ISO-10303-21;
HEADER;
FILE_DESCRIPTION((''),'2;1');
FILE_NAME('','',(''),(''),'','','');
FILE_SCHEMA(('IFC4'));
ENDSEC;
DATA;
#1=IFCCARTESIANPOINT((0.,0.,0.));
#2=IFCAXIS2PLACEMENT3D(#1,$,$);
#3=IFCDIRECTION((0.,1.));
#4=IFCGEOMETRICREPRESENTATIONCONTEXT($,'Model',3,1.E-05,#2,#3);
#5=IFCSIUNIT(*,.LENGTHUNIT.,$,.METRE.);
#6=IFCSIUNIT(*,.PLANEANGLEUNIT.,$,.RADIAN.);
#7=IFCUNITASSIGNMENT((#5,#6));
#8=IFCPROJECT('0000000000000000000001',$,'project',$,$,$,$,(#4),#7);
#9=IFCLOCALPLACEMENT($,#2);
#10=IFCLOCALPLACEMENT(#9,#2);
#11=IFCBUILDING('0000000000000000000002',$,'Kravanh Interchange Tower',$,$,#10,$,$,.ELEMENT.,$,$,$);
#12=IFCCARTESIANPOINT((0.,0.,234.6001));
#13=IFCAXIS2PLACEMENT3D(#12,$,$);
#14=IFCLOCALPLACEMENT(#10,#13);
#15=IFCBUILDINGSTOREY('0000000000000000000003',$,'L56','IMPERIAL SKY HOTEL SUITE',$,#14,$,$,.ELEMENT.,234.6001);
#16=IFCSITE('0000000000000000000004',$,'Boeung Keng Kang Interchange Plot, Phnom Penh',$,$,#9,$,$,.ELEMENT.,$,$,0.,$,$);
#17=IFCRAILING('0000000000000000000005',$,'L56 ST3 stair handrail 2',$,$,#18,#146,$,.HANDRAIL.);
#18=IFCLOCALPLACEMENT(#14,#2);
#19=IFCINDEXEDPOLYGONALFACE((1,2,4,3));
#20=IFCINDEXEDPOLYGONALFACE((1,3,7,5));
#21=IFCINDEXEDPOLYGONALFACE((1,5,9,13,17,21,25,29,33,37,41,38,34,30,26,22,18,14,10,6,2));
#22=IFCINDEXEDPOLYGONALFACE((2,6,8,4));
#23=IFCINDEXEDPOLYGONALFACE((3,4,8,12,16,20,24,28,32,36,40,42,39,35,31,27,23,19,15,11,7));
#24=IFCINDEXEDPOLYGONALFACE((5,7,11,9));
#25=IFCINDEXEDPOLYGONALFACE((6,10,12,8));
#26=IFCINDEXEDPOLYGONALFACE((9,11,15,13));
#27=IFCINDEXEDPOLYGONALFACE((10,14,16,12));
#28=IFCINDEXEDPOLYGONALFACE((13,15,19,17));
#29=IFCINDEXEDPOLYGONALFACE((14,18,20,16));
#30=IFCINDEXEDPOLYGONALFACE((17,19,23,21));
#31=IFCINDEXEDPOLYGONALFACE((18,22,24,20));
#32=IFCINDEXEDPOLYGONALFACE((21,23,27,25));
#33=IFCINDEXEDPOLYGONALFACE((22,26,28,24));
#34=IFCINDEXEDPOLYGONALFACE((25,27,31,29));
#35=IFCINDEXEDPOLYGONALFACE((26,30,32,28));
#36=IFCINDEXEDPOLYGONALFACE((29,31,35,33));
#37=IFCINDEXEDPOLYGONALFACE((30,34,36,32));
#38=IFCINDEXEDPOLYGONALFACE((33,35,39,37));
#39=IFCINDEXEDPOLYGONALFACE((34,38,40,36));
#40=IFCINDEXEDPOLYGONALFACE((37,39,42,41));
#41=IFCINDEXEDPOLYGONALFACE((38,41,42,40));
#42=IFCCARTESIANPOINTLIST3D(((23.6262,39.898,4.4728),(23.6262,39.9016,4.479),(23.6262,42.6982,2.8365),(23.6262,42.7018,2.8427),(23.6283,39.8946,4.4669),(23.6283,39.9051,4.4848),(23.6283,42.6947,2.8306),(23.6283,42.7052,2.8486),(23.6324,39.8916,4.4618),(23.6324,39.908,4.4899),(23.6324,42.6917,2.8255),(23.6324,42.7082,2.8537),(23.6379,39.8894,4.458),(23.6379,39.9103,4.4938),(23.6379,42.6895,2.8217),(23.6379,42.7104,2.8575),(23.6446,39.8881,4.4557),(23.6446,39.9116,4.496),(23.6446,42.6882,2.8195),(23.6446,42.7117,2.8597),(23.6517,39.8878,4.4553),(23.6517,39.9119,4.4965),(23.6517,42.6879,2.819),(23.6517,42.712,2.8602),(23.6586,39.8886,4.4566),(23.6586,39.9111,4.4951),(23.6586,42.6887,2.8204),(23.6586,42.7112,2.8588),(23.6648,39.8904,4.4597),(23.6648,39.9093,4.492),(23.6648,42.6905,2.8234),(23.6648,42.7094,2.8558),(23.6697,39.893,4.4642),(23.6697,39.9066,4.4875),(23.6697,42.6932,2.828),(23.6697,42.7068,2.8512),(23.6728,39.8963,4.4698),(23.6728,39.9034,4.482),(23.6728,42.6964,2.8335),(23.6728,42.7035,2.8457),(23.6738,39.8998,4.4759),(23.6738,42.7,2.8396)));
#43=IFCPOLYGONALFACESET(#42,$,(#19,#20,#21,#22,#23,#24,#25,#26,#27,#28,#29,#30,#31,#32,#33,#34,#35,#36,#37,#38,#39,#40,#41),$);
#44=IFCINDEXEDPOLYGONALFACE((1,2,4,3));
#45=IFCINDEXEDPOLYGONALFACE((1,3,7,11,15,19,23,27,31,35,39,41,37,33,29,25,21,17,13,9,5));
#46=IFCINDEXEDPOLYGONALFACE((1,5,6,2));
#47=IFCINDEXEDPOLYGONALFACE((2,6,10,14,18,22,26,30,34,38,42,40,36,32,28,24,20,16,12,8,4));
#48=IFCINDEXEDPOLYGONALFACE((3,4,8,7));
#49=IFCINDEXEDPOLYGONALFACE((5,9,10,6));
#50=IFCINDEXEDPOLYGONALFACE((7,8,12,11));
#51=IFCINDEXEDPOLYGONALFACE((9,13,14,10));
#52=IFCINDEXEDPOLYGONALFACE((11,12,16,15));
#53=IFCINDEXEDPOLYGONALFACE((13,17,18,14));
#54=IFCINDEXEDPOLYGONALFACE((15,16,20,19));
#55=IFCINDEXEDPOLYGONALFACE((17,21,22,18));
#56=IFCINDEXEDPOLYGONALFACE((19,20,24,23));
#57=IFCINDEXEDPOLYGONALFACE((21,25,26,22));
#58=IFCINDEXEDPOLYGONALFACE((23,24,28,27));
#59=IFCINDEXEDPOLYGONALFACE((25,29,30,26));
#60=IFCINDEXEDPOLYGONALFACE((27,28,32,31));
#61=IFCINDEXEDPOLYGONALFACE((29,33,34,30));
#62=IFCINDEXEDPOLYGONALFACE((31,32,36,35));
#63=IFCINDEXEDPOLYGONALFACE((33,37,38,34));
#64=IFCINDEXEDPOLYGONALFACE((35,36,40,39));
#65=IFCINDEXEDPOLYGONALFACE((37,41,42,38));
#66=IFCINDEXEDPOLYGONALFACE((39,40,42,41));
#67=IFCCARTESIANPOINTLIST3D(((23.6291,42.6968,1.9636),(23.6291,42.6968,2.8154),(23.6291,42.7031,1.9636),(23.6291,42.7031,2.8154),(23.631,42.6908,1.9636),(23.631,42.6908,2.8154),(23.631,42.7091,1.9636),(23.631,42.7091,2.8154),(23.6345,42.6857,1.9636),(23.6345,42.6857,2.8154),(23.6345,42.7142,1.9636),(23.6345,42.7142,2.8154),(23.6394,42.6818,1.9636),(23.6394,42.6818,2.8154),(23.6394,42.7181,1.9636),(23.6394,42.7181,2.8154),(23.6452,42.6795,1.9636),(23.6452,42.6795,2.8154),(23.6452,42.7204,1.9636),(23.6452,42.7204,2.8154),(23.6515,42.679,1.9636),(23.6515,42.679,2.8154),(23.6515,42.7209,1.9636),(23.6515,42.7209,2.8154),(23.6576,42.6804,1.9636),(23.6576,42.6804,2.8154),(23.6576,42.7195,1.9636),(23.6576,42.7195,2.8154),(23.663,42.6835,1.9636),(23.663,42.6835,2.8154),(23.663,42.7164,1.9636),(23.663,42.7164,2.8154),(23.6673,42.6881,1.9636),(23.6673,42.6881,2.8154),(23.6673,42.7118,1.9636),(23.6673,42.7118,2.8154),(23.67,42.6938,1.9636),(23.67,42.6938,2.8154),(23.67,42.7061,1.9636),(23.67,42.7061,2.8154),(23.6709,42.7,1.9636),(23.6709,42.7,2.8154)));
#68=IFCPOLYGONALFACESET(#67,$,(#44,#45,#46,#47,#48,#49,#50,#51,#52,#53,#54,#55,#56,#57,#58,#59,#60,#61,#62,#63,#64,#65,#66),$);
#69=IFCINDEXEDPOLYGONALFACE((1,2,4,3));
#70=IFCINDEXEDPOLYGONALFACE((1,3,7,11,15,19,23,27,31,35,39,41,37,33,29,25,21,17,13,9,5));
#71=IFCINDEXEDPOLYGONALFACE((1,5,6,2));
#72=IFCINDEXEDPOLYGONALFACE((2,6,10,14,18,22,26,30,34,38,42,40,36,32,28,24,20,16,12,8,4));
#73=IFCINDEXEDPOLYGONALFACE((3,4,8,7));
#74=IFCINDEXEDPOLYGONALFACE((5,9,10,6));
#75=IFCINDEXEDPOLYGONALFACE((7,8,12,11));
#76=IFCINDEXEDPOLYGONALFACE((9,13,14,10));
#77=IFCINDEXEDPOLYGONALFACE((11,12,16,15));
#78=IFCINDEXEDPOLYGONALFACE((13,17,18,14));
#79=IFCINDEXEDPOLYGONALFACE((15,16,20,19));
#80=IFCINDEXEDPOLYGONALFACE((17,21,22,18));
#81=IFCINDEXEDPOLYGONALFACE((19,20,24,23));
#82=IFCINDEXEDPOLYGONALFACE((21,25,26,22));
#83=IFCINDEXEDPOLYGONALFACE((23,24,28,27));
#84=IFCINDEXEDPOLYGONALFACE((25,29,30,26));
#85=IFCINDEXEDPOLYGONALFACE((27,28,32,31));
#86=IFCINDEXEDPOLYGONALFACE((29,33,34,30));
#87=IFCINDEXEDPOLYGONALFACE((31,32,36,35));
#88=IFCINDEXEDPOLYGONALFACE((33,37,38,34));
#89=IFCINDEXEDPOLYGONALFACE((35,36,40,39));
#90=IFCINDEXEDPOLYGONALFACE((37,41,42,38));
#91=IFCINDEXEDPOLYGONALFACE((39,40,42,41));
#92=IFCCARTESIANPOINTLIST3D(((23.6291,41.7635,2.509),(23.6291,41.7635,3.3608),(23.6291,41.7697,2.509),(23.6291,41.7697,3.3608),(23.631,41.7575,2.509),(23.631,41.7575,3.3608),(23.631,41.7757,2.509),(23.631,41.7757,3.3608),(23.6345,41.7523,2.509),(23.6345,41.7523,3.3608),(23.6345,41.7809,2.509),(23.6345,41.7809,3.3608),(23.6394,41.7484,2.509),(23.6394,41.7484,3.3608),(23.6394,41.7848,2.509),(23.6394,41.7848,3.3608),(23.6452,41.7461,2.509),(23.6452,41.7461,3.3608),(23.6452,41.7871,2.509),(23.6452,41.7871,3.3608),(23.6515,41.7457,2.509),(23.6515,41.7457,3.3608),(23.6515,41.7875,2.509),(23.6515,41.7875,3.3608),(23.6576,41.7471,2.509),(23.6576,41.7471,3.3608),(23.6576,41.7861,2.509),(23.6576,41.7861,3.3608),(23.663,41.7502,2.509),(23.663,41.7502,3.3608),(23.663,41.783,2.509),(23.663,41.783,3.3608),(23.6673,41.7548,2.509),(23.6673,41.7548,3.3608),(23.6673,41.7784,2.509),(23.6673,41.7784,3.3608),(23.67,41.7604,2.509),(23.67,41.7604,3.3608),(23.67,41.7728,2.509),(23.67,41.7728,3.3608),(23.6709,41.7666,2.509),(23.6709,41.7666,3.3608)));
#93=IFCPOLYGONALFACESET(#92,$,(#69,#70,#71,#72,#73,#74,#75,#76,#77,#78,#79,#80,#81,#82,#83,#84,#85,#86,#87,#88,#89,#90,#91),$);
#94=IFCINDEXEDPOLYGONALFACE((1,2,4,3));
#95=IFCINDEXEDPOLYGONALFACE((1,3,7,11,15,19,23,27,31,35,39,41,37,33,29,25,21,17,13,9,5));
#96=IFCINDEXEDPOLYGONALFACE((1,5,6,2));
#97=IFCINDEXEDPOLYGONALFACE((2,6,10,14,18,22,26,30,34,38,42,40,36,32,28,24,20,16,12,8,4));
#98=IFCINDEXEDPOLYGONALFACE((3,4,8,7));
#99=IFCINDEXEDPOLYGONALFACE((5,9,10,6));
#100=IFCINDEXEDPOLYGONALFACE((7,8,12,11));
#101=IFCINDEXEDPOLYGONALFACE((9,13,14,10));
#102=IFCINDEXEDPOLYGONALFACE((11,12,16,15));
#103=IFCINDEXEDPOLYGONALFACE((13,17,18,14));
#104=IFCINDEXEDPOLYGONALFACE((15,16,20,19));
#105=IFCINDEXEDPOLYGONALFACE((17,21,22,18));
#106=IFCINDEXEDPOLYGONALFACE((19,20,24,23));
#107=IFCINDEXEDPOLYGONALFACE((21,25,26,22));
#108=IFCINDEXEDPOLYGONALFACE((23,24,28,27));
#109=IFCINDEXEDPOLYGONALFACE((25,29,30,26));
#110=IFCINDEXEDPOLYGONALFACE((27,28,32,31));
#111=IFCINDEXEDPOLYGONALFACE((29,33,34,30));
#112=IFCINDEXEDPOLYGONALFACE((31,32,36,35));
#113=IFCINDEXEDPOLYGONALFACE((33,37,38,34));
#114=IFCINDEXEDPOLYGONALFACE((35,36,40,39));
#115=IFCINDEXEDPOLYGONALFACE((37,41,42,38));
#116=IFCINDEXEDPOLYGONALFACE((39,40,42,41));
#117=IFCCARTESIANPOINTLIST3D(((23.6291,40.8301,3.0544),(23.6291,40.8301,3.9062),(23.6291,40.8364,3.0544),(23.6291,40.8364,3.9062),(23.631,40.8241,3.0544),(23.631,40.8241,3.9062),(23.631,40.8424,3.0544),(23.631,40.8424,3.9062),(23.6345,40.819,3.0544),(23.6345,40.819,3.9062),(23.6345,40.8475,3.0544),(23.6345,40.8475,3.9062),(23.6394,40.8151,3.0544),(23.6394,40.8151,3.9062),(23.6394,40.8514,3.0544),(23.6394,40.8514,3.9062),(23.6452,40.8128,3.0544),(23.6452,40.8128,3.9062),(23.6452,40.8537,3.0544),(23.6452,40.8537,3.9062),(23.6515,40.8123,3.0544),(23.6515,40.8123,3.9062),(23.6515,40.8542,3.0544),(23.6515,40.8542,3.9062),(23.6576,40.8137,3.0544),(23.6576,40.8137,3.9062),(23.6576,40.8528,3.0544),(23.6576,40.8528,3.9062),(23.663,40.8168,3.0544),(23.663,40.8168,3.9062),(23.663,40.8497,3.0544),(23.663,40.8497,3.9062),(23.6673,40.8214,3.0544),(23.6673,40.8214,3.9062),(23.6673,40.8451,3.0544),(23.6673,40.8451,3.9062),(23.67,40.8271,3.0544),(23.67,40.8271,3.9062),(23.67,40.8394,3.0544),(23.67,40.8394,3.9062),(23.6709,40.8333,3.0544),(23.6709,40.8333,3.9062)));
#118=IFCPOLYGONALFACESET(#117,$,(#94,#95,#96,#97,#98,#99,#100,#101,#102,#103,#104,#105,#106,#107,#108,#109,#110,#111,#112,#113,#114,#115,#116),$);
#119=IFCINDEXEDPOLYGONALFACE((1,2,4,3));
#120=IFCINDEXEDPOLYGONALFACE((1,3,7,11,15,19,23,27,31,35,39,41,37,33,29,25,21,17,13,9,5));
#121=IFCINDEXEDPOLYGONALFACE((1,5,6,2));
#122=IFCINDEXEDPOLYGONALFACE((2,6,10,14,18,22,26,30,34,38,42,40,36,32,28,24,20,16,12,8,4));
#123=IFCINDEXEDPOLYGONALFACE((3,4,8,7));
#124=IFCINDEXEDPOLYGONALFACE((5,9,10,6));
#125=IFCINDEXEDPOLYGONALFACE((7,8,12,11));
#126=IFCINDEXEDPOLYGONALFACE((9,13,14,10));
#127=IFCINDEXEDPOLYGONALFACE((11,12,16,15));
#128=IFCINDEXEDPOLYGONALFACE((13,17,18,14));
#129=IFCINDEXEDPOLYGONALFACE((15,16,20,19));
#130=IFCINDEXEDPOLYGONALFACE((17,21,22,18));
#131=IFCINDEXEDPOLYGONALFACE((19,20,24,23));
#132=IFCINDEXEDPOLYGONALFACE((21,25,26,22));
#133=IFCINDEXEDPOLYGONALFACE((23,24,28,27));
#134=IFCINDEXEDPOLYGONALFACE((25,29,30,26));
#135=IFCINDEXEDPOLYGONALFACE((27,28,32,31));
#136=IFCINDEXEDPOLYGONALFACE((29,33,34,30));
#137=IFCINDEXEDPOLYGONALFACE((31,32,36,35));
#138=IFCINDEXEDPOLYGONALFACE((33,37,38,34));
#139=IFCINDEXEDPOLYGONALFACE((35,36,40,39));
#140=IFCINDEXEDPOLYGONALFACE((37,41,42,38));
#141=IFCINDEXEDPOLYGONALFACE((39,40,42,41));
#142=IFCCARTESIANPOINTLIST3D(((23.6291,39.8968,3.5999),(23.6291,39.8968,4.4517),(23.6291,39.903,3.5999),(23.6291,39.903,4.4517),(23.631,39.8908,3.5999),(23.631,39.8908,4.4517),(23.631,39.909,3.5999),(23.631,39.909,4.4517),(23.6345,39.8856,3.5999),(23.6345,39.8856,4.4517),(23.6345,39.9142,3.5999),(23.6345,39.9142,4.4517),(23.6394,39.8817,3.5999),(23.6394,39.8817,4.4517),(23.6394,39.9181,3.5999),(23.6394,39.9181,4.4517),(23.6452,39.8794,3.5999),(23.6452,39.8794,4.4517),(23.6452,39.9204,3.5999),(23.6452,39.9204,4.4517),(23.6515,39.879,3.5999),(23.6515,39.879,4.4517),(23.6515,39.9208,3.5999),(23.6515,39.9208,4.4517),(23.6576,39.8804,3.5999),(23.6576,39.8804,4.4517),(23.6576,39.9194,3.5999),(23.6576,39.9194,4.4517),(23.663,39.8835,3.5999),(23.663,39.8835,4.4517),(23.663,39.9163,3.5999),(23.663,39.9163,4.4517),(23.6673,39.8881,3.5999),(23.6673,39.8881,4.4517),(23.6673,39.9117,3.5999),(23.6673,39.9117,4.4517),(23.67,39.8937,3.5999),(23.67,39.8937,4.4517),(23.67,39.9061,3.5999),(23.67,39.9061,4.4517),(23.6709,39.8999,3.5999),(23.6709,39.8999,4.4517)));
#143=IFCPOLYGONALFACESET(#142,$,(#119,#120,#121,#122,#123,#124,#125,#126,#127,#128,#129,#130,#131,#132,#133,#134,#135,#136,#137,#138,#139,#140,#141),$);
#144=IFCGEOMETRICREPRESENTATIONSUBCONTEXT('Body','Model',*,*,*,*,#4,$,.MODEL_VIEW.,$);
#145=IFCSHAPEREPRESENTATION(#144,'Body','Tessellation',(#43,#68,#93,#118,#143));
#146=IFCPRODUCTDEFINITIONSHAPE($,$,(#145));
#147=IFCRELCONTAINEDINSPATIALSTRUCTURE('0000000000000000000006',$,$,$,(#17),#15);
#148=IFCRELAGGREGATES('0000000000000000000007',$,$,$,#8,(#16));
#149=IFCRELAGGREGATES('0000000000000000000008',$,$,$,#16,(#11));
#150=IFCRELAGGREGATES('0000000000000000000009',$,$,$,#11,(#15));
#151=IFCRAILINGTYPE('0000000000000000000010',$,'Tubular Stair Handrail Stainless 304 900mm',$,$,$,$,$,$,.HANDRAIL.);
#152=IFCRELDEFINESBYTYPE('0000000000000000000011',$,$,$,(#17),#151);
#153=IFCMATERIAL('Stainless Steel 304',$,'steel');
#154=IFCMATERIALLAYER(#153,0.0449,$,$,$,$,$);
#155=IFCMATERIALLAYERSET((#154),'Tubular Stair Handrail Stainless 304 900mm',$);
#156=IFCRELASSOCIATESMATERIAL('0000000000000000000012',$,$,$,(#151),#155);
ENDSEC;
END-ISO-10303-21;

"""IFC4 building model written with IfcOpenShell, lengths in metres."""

from ifc_helpers import new_model, si_unit, direction, frame, origin, origin_2d, place, context, subcontext, project, spatial, circle, extrude, material, layer, layer_set, type_object, element, save


model = new_model("IFC4")

# Units and contexts
model_context = context("Model", 3, precision=1e-05, world=origin(), true_north=direction((0.0, 1.0)))
body_context = subcontext(model_context, "Body", "Model", "MODEL_VIEW")
ifc_project = project(units=[si_unit("LENGTHUNIT", "METRE"), si_unit("PLANEANGLEUNIT", "RADIAN")], contexts=[model_context])

# Site, building, storey
site_placement = place(None, origin())
site = spatial("IfcSite", under=ifc_project, at=site_placement, Name="Boeung Keng Kang Interchange Plot, Phnom Penh", CompositionType="ELEMENT", RefElevation=0.0)
building_placement = place(site_placement, origin())
building = spatial("IfcBuilding", under=site, at=building_placement, Name="Kravanh Interchange Tower", CompositionType="ELEMENT")
storey_placement = place(building_placement, frame((0.0, 0.0, 234.6001)))
storey = spatial("IfcBuildingStorey", under=building, at=storey_placement, Name="L56", Description="IMPERIAL SKY HOTEL SUITE", CompositionType="ELEMENT", Elevation=234.6001)

# Railing
ifc_material_1 = material(Name="Stainless Steel 304", Category="steel")
ifc_layer_1 = layer(ifc_material_1, 0.0449)
ifc_layer_set_1 = layer_set([ifc_layer_1], Name="Tubular Stair Handrail Stainless 304 900mm")
railing_type_1 = type_object("IfcRailingType", Name="Tubular Stair Handrail Stainless 304 900mm", PredefinedType="HANDRAIL", material=ifc_layer_set_1)
railing_1_placement = place(storey_placement, frame((23.6499, 42.7, 1.9636)))
element("IfcRailing", 1, at=railing_1_placement, inside=storey, type_object=railing_type_1, Name="L56 ST3 stair handrail 2", PredefinedType="HANDRAIL", context=body_context, shape_type="SweptSolid", body=[
    extrude(circle(Radius=0.0239, at=origin_2d()), frame((0.0, 0.0, 0.876), z_axis=(0.0, -0.863394, 0.504531), x_axis=(1.0, 0.0, 0.0)), (0.0, 0.0, 1.0), 3.2432),
    extrude(circle(Radius=0.021, at=origin_2d()), origin(), (0.0, 0.0, 1.0), 0.8518),
    extrude(circle(Radius=0.021, at=origin_2d()), frame((0.0, -0.9333, 0.5454)), (0.0, 0.0, 1.0), 0.8518),
    extrude(circle(Radius=0.021, at=origin_2d()), frame((0.0, -1.8667, 1.0908)), (0.0, 0.0, 1.0), 0.8518),
    extrude(circle(Radius=0.021, at=origin_2d()), frame((0.0, -2.8, 1.6362)), (0.0, 0.0, 1.0), 0.8518),
])

save(model, "model.ifc")
